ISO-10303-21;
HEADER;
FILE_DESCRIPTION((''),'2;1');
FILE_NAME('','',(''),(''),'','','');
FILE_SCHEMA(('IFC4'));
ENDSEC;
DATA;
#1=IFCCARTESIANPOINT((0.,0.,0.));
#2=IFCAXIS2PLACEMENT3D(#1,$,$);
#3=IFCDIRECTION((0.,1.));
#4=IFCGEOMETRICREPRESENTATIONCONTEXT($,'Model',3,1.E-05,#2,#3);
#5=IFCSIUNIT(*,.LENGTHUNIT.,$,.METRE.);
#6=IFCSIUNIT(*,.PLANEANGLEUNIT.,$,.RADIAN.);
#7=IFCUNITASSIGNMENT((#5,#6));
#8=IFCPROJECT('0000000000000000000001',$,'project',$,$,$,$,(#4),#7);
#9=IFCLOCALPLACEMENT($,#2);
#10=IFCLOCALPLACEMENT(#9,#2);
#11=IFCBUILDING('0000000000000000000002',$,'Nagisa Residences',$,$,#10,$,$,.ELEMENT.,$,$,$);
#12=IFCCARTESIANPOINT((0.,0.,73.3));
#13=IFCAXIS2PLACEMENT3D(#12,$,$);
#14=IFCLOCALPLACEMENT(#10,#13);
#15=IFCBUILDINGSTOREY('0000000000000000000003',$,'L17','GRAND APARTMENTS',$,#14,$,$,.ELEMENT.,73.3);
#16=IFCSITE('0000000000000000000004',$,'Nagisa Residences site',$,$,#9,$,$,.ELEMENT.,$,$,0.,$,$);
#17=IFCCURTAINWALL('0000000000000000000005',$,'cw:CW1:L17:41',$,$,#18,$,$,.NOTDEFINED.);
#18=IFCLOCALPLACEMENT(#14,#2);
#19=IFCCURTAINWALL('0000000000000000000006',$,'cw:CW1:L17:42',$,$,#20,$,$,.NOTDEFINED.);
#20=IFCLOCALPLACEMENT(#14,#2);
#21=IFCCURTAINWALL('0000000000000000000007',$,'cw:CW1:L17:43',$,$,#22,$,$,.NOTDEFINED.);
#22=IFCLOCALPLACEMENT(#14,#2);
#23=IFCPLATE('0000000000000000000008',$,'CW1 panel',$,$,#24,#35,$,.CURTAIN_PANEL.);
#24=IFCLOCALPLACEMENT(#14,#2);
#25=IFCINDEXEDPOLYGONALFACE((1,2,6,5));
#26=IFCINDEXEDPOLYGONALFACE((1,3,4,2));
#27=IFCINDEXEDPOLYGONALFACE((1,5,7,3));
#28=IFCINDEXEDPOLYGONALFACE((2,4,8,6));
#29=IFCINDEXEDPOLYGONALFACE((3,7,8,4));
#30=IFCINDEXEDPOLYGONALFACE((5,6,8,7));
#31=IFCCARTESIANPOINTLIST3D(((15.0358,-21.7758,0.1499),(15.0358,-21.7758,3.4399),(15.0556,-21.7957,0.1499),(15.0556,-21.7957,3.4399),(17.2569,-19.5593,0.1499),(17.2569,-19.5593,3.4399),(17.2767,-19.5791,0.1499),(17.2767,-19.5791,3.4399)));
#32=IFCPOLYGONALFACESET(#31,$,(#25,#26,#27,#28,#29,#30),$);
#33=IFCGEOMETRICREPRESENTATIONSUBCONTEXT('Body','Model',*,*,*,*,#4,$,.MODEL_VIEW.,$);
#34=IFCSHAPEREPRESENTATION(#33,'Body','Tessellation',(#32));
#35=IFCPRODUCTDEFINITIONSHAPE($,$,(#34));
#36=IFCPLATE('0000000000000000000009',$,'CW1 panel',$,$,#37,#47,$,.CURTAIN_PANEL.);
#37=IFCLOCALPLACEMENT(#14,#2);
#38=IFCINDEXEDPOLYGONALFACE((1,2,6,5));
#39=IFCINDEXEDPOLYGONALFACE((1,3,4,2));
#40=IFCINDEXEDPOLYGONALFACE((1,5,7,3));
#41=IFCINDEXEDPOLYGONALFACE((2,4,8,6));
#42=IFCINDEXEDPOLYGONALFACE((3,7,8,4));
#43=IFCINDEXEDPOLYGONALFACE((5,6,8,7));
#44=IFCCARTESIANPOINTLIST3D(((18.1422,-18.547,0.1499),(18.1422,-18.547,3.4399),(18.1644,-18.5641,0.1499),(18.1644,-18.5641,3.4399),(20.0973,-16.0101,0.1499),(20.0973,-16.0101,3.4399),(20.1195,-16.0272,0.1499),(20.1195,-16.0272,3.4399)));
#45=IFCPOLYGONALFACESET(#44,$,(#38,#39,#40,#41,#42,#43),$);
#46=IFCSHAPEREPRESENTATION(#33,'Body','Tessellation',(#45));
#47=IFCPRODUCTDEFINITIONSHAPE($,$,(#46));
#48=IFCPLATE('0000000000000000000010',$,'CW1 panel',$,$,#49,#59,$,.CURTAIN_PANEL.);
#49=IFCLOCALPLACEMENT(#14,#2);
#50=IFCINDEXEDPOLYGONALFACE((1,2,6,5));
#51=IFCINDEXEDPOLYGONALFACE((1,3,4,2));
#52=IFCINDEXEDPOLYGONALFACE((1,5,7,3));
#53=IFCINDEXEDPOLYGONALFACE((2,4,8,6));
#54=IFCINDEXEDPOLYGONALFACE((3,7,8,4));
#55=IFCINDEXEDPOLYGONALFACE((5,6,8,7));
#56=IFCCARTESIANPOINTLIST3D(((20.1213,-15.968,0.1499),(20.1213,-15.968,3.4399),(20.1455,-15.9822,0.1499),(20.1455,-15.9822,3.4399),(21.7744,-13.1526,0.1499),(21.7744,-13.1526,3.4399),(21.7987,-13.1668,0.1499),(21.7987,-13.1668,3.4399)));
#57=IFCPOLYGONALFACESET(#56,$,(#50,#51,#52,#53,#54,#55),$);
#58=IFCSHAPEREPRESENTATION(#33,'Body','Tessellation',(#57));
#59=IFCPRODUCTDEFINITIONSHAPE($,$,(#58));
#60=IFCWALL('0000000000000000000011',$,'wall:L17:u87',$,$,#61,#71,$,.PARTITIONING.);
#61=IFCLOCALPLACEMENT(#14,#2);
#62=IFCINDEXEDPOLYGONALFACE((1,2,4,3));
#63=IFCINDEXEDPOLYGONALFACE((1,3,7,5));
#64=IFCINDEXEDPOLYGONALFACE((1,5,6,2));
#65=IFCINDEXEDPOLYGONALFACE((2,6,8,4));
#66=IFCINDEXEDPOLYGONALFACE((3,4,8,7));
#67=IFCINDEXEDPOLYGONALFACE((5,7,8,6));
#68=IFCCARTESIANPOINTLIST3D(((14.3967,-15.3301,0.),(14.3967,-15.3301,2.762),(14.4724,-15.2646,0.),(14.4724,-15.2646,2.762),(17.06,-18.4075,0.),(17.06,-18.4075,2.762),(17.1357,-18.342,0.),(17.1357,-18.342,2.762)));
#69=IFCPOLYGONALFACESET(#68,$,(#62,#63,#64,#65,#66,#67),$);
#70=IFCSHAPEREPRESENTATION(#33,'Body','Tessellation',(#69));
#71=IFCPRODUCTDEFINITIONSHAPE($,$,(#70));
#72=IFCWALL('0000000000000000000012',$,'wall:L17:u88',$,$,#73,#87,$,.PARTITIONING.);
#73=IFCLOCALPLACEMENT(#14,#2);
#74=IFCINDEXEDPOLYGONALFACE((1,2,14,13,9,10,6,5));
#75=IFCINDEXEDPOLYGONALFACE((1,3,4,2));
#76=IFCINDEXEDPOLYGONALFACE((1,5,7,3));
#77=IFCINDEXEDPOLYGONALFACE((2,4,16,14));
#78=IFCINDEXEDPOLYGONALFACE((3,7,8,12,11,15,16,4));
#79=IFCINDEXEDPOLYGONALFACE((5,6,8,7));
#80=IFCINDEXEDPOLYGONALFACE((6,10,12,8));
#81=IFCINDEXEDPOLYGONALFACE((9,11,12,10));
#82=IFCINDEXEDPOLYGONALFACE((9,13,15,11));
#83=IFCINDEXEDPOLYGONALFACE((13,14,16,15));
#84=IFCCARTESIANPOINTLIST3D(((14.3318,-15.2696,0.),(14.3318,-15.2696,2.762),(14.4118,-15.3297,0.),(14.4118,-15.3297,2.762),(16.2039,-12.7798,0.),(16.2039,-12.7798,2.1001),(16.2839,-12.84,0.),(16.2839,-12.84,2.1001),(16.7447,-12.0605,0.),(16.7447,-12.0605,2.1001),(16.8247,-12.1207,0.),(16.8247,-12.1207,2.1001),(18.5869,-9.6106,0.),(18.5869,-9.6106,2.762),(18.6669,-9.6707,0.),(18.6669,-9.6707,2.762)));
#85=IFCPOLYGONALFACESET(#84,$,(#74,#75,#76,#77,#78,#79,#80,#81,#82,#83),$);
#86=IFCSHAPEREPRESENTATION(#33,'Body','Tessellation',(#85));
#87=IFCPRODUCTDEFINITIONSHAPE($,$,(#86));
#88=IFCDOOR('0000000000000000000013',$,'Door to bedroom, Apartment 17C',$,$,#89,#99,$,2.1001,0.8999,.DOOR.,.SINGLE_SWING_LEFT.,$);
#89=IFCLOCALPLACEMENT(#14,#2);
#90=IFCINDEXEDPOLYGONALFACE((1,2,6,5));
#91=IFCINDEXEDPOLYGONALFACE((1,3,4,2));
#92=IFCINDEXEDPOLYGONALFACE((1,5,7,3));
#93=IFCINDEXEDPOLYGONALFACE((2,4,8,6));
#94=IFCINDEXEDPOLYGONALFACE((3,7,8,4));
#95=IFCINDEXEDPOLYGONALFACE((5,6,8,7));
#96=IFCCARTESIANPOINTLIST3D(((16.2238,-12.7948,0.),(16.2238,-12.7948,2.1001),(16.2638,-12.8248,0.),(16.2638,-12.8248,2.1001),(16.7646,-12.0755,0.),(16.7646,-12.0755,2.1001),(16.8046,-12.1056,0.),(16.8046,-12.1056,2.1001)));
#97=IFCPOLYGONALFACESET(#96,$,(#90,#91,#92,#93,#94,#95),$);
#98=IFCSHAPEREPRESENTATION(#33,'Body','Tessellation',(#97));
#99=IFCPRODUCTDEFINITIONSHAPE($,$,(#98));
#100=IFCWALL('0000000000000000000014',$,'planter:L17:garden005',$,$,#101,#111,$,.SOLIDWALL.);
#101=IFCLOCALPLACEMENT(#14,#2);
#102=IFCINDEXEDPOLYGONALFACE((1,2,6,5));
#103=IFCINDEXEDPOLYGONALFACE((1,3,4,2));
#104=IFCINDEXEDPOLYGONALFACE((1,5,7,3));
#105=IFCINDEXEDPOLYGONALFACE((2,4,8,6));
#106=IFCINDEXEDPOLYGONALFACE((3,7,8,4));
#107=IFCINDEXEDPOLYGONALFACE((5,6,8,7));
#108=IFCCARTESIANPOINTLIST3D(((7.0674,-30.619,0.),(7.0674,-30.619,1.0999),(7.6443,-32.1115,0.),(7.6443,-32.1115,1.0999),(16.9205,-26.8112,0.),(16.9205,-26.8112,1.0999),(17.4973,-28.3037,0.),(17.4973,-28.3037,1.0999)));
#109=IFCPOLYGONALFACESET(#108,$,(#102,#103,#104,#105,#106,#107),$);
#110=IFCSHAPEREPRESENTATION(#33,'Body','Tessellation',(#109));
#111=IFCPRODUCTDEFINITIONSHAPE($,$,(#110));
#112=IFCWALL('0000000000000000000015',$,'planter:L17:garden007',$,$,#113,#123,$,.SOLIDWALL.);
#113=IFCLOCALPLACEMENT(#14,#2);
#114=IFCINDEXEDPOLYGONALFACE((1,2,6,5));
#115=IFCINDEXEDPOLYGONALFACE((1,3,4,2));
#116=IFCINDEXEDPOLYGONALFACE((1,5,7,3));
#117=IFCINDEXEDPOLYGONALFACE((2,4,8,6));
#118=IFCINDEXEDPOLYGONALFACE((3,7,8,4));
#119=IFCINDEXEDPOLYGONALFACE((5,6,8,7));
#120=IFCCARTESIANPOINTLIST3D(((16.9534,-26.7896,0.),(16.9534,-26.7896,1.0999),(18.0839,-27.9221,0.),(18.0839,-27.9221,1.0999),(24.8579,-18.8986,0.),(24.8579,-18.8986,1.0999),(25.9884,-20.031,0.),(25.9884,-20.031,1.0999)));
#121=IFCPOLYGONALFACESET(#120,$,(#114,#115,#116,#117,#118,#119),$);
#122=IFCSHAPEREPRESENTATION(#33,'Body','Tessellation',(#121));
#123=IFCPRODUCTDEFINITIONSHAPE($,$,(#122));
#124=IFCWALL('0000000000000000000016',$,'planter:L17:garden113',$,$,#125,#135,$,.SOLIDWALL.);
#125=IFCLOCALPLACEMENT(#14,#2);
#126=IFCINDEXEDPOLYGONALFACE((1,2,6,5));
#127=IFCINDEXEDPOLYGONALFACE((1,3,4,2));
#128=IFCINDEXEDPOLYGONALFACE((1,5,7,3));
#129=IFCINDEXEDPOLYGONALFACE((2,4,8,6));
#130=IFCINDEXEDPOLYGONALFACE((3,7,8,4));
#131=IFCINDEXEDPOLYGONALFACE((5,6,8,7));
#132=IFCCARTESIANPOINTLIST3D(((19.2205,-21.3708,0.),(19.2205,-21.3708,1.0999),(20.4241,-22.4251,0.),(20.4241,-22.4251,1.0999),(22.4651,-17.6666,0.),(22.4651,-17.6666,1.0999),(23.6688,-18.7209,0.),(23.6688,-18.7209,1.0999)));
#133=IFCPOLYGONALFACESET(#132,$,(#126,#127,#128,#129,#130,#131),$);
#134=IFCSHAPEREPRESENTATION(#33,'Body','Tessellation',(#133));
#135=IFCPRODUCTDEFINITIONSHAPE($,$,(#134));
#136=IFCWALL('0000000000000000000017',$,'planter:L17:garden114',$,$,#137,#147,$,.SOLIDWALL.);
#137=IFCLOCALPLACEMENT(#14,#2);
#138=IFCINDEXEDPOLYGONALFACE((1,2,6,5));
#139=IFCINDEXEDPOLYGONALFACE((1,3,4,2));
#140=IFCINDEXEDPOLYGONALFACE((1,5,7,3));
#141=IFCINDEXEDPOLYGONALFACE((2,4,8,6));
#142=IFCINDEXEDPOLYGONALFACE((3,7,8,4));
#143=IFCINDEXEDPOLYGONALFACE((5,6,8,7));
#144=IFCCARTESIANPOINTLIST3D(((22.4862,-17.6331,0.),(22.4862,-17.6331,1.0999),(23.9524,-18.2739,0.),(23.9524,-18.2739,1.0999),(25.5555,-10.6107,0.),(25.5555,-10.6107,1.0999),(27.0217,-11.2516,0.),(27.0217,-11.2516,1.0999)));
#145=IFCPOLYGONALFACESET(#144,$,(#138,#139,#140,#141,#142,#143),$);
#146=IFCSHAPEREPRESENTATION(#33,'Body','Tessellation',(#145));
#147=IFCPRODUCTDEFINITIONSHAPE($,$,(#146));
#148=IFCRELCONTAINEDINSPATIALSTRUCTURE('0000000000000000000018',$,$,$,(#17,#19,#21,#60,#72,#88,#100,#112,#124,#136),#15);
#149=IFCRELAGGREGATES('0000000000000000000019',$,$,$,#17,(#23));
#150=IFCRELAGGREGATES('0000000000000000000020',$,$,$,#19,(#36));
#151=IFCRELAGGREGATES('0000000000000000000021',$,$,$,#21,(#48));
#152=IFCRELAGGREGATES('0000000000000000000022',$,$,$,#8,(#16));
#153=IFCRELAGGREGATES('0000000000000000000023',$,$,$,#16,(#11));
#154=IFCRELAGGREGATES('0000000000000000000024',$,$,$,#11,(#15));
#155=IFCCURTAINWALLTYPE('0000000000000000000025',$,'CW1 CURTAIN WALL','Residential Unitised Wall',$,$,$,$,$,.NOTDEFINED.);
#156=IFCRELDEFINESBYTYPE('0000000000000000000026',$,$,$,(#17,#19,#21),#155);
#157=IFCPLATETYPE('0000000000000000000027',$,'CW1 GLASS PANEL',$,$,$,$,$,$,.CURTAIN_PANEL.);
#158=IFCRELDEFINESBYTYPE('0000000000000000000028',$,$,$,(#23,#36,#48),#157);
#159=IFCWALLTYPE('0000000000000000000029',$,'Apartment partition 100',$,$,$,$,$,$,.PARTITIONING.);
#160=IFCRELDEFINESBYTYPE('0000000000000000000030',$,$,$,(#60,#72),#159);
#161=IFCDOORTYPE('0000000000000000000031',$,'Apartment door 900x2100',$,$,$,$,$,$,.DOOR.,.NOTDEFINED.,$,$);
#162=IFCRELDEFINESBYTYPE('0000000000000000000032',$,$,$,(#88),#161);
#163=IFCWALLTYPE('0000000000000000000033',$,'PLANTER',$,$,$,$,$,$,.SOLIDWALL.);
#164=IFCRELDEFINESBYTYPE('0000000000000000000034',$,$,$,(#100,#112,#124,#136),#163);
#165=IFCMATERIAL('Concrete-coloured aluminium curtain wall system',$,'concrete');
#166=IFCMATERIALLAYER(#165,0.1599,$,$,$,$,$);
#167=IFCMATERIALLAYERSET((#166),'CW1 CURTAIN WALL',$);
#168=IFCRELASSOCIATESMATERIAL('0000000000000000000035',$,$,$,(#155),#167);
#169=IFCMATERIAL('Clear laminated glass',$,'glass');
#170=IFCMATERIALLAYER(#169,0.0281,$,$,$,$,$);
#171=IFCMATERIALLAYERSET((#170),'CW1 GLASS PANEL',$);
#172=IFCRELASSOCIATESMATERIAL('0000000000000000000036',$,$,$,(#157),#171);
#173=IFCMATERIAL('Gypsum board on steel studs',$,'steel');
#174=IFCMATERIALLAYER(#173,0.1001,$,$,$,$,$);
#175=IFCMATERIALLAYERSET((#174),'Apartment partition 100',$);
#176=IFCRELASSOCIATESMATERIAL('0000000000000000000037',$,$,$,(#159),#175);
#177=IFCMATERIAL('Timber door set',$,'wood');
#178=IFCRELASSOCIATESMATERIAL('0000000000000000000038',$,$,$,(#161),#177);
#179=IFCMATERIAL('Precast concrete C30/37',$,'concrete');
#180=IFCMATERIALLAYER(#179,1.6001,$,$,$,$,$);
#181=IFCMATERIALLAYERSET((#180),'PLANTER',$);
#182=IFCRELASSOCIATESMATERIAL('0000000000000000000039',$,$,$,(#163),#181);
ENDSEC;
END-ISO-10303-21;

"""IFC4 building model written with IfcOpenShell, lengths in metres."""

from ifc_helpers import new_model, si_unit, direction, frame, frame_2d, origin, origin_2d, place, context, subcontext, project, spatial, rectangle, extrude, material, layer, layer_set, type_object, element, fill, aggregate, save


model = new_model("IFC4")

# Units and contexts
model_context = context("Model", 3, precision=1e-05, world=origin(), true_north=direction((0.0, 1.0)))
body_context = subcontext(model_context, "Body", "Model", "MODEL_VIEW")
ifc_project = project(units=[si_unit("LENGTHUNIT", "METRE"), si_unit("PLANEANGLEUNIT", "RADIAN")], contexts=[model_context])

# Site, building, storey
site_placement = place(None, origin())
site = spatial("IfcSite", under=ifc_project, at=site_placement, Name="Nagisa Residences site", CompositionType="ELEMENT", RefElevation=0.0)
building_placement = place(site_placement, origin())
building = spatial("IfcBuilding", under=site, at=building_placement, Name="Nagisa Residences", CompositionType="ELEMENT")
storey_placement = place(building_placement, frame((0.0, 0.0, 73.3)))
storey = spatial("IfcBuildingStorey", under=building, at=storey_placement, Name="L17", Description="GRAND APARTMENTS", CompositionType="ELEMENT", Elevation=73.3)

# Curtain walls
ifc_material_1 = material(Name="Concrete-coloured aluminium curtain wall system", Category="concrete")
ifc_layer_1 = layer(ifc_material_1, 0.1599)
ifc_layer_set_1 = layer_set([ifc_layer_1], Name="CW1 CURTAIN WALL")
curtain_wall_type = type_object("IfcCurtainWallType", Name="CW1 CURTAIN WALL", Description="Residential Unitised Wall", PredefinedType="NOTDEFINED", material=ifc_layer_set_1)
curtain_wall_1_placement = place(storey_placement, origin())
curtain_wall_1 = element("IfcCurtainWall", 1, at=curtain_wall_1_placement, inside=storey, type_object=curtain_wall_type, Name="cw:CW1:L17:41", PredefinedType="NOTDEFINED")
curtain_wall_2_placement = place(storey_placement, origin())
curtain_wall_2 = element("IfcCurtainWall", 2, at=curtain_wall_2_placement, inside=storey, type_object=curtain_wall_type, Name="cw:CW1:L17:42", PredefinedType="NOTDEFINED")
curtain_wall_3_placement = place(storey_placement, origin())
curtain_wall_3 = element("IfcCurtainWall", 3, at=curtain_wall_3_placement, inside=storey, type_object=curtain_wall_type, Name="cw:CW1:L17:43", PredefinedType="NOTDEFINED")

# Plates
ifc_material_2 = material(Name="Clear laminated glass", Category="glass")
ifc_layer_2 = layer(ifc_material_2, 0.0281)
ifc_layer_set_2 = layer_set([ifc_layer_2], Name="CW1 GLASS PANEL")
plate_type = type_object("IfcPlateType", Name="CW1 GLASS PANEL", PredefinedType="CURTAIN_PANEL", material=ifc_layer_set_2)
plate_1_placement = place(storey_placement, frame((16.1562, -20.6775, 0.1499), z_axis=(0.0, 0.0, 1.0), x_axis=(0.707836, 0.706377, 0.0)))
plate_1 = element("IfcPlate", 4, at=plate_1_placement, type_object=plate_type, Name="CW1 panel", PredefinedType="CURTAIN_PANEL", context=body_context, shape_type="SweptSolid", body=[
    extrude(rectangle(XDim=3.1379, YDim=0.0281, at=origin_2d()), origin(), (0.0, 0.0, 1.0), 3.29),
])
aggregate(curtain_wall_1, [plate_1])
plate_2_placement = place(storey_placement, frame((19.1309, -17.2871, 0.1499), z_axis=(0.0, 0.0, 1.0), x_axis=(0.61043, 0.79207, 0.0)))
plate_2 = element("IfcPlate", 5, at=plate_2_placement, type_object=plate_type, Name="CW1 panel", PredefinedType="CURTAIN_PANEL", context=body_context, shape_type="SweptSolid", body=[
    extrude(rectangle(XDim=3.2029, YDim=0.0281, at=origin_2d()), origin(), (0.0, 0.0, 1.0), 3.29),
])
aggregate(curtain_wall_2, [plate_2])
plate_3_placement = place(storey_placement, frame((20.96, -14.5674, 0.1499), z_axis=(0.0, 0.0, 1.0), x_axis=(0.506349, 0.862329, 0.0)))
plate_3 = element("IfcPlate", 6, at=plate_3_placement, type_object=plate_type, Name="CW1 panel", PredefinedType="CURTAIN_PANEL", context=body_context, shape_type="SweptSolid", body=[
    extrude(rectangle(XDim=3.2649, YDim=0.0281, at=origin_2d()), origin(), (0.0, 0.0, 1.0), 3.29),
])
aggregate(curtain_wall_3, [plate_3])

# Wall
ifc_material_3 = material(Name="Gypsum board on steel studs", Category="steel")
ifc_layer_3 = layer(ifc_material_3, 0.1001)
ifc_layer_set_3 = layer_set([ifc_layer_3], Name="Apartment partition 100")
wall_type_1 = type_object("IfcWallType", Name="Apartment partition 100", PredefinedType="PARTITIONING", material=ifc_layer_set_3)
wall_1_placement = place(storey_placement, frame((14.4346, -15.2974, 0.0), z_axis=(0.0, 0.0, 1.0), x_axis=(0.654405, -0.756144, 0.0)))
element("IfcWall", 7, at=wall_1_placement, inside=storey, type_object=wall_type_1, Name="wall:L17:u87", PredefinedType="PARTITIONING", context=body_context, shape_type="SweptSolid", body=[
    extrude(rectangle(XDim=4.0698, YDim=0.1001, at=frame_2d((2.0349, 0.0))), origin(), (0.0, 0.0, 1.0), 2.762),
])

# Wall, opening, door
wall_2_placement = place(storey_placement, frame((14.3718, -15.2996, 0.0), z_axis=(0.0, 0.0, 1.0), x_axis=(0.600987, 0.799259, 0.0)))
wall_2 = element("IfcWall", 8, at=wall_2_placement, inside=storey, type_object=wall_type_1, Name="wall:L17:u88", PredefinedType="PARTITIONING", context=body_context, shape_type="SweptSolid", body=[
    extrude(rectangle(XDim=7.0803, YDim=0.1001, at=frame_2d((3.54, 0.0))), origin(), (0.0, 0.0, 1.0), 2.762),
])
opening_placement = place(wall_2_placement, frame((3.115, 0.0, 0.0)))
opening = element("IfcOpeningElement", 9, at=opening_placement, cuts=wall_2, PredefinedType="OPENING", context=body_context, shape_type="SweptSolid", body=[
    extrude(rectangle(XDim=0.8999, YDim=2.1001, at=frame_2d((0.45, 1.05))), frame((0.0, 0.0601, 0.0), z_axis=(0.0, -1.0, 0.0), x_axis=(1.0, 0.0, 0.0)), (0.0, 0.0, 1.0), 0.1201),
])
ifc_material_4 = material(Name="Timber door set", Category="wood")
door_type = type_object("IfcDoorType", Name="Apartment door 900x2100", OperationType="NOTDEFINED", PredefinedType="DOOR", material=ifc_material_4)
door_placement = place(opening_placement, frame((0.8999, 0.0, 0.0), x_axis=(-1.0, 0.0, 0.0)))
door = element("IfcDoor", 10, at=door_placement, inside=storey, type_object=door_type, Name="Door to bedroom, Apartment 17C", OperationType="SINGLE_SWING_LEFT", OverallHeight=2.1001, OverallWidth=0.8999, PredefinedType="DOOR", context=body_context, shape_type="SweptSolid", body=[
    extrude(rectangle(XDim=0.8999, YDim=2.1001, at=frame_2d((0.45, 1.05))), frame((0.0, 0.0249, 0.0), z_axis=(0.0, -1.0, 0.0), x_axis=(1.0, 0.0, 0.0)), (0.0, 0.0, 1.0), 0.05),
])
fill(opening, door)

# Walls
ifc_material_5 = material(Name="Precast concrete C30/37", Category="concrete")
ifc_layer_4 = layer(ifc_material_5, 1.6001)
ifc_layer_set_4 = layer_set([ifc_layer_4], Name="PLANTER")
wall_type_2 = type_object("IfcWallType", Name="PLANTER", PredefinedType="SOLIDWALL", material=ifc_layer_set_4)
wall_3_placement = place(storey_placement, frame((17.209, -27.5574, 0.0), z_axis=(0.0, 0.0, 1.0), x_axis=(-0.932766, -0.360482, 0.0)))
element("IfcWall", 11, at=wall_3_placement, inside=storey, type_object=wall_type_2, Name="planter:L17:garden005", PredefinedType="SOLIDWALL", context=body_context, shape_type="SweptSolid", body=[
    extrude(rectangle(XDim=10.5632, YDim=1.6001, at=frame_2d((5.2817, 0.0))), origin(), (0.0, 0.0, 1.0), 1.0999),
])
wall_4_placement = place(storey_placement, frame((25.4231, -19.4648, 0.0), z_axis=(0.0, 0.0, 1.0), x_axis=(-0.707708, -0.706505, 0.0)))
element("IfcWall", 12, at=wall_4_placement, inside=storey, type_object=wall_type_2, Name="planter:L17:garden007", PredefinedType="SOLIDWALL", context=body_context, shape_type="SweptSolid", body=[
    extrude(rectangle(XDim=11.1692, YDim=1.6001, at=frame_2d((5.5845, 0.0))), origin(), (0.0, 0.0, 1.0), 1.0999),
])
wall_5_placement = place(storey_placement, frame((19.8223, -21.8979, 0.0), z_axis=(0.0, 0.0, 1.0), x_axis=(0.658912, 0.75222, 0.0)))
element("IfcWall", 13, at=wall_5_placement, inside=storey, type_object=wall_type_2, Name="planter:L17:garden113", PredefinedType="SOLIDWALL", context=body_context, shape_type="SweptSolid", body=[
    extrude(rectangle(XDim=4.9243, YDim=1.6001, at=frame_2d((2.4622, 0.0))), origin(), (0.0, 0.0, 1.0), 1.0999),
])
wall_6_placement = place(storey_placement, frame((23.2192, -17.9536, 0.0), z_axis=(0.0, 0.0, 1.0), x_axis=(0.400491, 0.916301, 0.0)))
element("IfcWall", 14, at=wall_6_placement, inside=storey, type_object=wall_type_2, Name="planter:L17:garden114", PredefinedType="SOLIDWALL", context=body_context, shape_type="SweptSolid", body=[
    extrude(rectangle(XDim=7.6638, YDim=1.6001, at=frame_2d((3.832, 0.0))), origin(), (0.0, 0.0, 1.0), 1.0999),
])

save(model, "model.ifc")
